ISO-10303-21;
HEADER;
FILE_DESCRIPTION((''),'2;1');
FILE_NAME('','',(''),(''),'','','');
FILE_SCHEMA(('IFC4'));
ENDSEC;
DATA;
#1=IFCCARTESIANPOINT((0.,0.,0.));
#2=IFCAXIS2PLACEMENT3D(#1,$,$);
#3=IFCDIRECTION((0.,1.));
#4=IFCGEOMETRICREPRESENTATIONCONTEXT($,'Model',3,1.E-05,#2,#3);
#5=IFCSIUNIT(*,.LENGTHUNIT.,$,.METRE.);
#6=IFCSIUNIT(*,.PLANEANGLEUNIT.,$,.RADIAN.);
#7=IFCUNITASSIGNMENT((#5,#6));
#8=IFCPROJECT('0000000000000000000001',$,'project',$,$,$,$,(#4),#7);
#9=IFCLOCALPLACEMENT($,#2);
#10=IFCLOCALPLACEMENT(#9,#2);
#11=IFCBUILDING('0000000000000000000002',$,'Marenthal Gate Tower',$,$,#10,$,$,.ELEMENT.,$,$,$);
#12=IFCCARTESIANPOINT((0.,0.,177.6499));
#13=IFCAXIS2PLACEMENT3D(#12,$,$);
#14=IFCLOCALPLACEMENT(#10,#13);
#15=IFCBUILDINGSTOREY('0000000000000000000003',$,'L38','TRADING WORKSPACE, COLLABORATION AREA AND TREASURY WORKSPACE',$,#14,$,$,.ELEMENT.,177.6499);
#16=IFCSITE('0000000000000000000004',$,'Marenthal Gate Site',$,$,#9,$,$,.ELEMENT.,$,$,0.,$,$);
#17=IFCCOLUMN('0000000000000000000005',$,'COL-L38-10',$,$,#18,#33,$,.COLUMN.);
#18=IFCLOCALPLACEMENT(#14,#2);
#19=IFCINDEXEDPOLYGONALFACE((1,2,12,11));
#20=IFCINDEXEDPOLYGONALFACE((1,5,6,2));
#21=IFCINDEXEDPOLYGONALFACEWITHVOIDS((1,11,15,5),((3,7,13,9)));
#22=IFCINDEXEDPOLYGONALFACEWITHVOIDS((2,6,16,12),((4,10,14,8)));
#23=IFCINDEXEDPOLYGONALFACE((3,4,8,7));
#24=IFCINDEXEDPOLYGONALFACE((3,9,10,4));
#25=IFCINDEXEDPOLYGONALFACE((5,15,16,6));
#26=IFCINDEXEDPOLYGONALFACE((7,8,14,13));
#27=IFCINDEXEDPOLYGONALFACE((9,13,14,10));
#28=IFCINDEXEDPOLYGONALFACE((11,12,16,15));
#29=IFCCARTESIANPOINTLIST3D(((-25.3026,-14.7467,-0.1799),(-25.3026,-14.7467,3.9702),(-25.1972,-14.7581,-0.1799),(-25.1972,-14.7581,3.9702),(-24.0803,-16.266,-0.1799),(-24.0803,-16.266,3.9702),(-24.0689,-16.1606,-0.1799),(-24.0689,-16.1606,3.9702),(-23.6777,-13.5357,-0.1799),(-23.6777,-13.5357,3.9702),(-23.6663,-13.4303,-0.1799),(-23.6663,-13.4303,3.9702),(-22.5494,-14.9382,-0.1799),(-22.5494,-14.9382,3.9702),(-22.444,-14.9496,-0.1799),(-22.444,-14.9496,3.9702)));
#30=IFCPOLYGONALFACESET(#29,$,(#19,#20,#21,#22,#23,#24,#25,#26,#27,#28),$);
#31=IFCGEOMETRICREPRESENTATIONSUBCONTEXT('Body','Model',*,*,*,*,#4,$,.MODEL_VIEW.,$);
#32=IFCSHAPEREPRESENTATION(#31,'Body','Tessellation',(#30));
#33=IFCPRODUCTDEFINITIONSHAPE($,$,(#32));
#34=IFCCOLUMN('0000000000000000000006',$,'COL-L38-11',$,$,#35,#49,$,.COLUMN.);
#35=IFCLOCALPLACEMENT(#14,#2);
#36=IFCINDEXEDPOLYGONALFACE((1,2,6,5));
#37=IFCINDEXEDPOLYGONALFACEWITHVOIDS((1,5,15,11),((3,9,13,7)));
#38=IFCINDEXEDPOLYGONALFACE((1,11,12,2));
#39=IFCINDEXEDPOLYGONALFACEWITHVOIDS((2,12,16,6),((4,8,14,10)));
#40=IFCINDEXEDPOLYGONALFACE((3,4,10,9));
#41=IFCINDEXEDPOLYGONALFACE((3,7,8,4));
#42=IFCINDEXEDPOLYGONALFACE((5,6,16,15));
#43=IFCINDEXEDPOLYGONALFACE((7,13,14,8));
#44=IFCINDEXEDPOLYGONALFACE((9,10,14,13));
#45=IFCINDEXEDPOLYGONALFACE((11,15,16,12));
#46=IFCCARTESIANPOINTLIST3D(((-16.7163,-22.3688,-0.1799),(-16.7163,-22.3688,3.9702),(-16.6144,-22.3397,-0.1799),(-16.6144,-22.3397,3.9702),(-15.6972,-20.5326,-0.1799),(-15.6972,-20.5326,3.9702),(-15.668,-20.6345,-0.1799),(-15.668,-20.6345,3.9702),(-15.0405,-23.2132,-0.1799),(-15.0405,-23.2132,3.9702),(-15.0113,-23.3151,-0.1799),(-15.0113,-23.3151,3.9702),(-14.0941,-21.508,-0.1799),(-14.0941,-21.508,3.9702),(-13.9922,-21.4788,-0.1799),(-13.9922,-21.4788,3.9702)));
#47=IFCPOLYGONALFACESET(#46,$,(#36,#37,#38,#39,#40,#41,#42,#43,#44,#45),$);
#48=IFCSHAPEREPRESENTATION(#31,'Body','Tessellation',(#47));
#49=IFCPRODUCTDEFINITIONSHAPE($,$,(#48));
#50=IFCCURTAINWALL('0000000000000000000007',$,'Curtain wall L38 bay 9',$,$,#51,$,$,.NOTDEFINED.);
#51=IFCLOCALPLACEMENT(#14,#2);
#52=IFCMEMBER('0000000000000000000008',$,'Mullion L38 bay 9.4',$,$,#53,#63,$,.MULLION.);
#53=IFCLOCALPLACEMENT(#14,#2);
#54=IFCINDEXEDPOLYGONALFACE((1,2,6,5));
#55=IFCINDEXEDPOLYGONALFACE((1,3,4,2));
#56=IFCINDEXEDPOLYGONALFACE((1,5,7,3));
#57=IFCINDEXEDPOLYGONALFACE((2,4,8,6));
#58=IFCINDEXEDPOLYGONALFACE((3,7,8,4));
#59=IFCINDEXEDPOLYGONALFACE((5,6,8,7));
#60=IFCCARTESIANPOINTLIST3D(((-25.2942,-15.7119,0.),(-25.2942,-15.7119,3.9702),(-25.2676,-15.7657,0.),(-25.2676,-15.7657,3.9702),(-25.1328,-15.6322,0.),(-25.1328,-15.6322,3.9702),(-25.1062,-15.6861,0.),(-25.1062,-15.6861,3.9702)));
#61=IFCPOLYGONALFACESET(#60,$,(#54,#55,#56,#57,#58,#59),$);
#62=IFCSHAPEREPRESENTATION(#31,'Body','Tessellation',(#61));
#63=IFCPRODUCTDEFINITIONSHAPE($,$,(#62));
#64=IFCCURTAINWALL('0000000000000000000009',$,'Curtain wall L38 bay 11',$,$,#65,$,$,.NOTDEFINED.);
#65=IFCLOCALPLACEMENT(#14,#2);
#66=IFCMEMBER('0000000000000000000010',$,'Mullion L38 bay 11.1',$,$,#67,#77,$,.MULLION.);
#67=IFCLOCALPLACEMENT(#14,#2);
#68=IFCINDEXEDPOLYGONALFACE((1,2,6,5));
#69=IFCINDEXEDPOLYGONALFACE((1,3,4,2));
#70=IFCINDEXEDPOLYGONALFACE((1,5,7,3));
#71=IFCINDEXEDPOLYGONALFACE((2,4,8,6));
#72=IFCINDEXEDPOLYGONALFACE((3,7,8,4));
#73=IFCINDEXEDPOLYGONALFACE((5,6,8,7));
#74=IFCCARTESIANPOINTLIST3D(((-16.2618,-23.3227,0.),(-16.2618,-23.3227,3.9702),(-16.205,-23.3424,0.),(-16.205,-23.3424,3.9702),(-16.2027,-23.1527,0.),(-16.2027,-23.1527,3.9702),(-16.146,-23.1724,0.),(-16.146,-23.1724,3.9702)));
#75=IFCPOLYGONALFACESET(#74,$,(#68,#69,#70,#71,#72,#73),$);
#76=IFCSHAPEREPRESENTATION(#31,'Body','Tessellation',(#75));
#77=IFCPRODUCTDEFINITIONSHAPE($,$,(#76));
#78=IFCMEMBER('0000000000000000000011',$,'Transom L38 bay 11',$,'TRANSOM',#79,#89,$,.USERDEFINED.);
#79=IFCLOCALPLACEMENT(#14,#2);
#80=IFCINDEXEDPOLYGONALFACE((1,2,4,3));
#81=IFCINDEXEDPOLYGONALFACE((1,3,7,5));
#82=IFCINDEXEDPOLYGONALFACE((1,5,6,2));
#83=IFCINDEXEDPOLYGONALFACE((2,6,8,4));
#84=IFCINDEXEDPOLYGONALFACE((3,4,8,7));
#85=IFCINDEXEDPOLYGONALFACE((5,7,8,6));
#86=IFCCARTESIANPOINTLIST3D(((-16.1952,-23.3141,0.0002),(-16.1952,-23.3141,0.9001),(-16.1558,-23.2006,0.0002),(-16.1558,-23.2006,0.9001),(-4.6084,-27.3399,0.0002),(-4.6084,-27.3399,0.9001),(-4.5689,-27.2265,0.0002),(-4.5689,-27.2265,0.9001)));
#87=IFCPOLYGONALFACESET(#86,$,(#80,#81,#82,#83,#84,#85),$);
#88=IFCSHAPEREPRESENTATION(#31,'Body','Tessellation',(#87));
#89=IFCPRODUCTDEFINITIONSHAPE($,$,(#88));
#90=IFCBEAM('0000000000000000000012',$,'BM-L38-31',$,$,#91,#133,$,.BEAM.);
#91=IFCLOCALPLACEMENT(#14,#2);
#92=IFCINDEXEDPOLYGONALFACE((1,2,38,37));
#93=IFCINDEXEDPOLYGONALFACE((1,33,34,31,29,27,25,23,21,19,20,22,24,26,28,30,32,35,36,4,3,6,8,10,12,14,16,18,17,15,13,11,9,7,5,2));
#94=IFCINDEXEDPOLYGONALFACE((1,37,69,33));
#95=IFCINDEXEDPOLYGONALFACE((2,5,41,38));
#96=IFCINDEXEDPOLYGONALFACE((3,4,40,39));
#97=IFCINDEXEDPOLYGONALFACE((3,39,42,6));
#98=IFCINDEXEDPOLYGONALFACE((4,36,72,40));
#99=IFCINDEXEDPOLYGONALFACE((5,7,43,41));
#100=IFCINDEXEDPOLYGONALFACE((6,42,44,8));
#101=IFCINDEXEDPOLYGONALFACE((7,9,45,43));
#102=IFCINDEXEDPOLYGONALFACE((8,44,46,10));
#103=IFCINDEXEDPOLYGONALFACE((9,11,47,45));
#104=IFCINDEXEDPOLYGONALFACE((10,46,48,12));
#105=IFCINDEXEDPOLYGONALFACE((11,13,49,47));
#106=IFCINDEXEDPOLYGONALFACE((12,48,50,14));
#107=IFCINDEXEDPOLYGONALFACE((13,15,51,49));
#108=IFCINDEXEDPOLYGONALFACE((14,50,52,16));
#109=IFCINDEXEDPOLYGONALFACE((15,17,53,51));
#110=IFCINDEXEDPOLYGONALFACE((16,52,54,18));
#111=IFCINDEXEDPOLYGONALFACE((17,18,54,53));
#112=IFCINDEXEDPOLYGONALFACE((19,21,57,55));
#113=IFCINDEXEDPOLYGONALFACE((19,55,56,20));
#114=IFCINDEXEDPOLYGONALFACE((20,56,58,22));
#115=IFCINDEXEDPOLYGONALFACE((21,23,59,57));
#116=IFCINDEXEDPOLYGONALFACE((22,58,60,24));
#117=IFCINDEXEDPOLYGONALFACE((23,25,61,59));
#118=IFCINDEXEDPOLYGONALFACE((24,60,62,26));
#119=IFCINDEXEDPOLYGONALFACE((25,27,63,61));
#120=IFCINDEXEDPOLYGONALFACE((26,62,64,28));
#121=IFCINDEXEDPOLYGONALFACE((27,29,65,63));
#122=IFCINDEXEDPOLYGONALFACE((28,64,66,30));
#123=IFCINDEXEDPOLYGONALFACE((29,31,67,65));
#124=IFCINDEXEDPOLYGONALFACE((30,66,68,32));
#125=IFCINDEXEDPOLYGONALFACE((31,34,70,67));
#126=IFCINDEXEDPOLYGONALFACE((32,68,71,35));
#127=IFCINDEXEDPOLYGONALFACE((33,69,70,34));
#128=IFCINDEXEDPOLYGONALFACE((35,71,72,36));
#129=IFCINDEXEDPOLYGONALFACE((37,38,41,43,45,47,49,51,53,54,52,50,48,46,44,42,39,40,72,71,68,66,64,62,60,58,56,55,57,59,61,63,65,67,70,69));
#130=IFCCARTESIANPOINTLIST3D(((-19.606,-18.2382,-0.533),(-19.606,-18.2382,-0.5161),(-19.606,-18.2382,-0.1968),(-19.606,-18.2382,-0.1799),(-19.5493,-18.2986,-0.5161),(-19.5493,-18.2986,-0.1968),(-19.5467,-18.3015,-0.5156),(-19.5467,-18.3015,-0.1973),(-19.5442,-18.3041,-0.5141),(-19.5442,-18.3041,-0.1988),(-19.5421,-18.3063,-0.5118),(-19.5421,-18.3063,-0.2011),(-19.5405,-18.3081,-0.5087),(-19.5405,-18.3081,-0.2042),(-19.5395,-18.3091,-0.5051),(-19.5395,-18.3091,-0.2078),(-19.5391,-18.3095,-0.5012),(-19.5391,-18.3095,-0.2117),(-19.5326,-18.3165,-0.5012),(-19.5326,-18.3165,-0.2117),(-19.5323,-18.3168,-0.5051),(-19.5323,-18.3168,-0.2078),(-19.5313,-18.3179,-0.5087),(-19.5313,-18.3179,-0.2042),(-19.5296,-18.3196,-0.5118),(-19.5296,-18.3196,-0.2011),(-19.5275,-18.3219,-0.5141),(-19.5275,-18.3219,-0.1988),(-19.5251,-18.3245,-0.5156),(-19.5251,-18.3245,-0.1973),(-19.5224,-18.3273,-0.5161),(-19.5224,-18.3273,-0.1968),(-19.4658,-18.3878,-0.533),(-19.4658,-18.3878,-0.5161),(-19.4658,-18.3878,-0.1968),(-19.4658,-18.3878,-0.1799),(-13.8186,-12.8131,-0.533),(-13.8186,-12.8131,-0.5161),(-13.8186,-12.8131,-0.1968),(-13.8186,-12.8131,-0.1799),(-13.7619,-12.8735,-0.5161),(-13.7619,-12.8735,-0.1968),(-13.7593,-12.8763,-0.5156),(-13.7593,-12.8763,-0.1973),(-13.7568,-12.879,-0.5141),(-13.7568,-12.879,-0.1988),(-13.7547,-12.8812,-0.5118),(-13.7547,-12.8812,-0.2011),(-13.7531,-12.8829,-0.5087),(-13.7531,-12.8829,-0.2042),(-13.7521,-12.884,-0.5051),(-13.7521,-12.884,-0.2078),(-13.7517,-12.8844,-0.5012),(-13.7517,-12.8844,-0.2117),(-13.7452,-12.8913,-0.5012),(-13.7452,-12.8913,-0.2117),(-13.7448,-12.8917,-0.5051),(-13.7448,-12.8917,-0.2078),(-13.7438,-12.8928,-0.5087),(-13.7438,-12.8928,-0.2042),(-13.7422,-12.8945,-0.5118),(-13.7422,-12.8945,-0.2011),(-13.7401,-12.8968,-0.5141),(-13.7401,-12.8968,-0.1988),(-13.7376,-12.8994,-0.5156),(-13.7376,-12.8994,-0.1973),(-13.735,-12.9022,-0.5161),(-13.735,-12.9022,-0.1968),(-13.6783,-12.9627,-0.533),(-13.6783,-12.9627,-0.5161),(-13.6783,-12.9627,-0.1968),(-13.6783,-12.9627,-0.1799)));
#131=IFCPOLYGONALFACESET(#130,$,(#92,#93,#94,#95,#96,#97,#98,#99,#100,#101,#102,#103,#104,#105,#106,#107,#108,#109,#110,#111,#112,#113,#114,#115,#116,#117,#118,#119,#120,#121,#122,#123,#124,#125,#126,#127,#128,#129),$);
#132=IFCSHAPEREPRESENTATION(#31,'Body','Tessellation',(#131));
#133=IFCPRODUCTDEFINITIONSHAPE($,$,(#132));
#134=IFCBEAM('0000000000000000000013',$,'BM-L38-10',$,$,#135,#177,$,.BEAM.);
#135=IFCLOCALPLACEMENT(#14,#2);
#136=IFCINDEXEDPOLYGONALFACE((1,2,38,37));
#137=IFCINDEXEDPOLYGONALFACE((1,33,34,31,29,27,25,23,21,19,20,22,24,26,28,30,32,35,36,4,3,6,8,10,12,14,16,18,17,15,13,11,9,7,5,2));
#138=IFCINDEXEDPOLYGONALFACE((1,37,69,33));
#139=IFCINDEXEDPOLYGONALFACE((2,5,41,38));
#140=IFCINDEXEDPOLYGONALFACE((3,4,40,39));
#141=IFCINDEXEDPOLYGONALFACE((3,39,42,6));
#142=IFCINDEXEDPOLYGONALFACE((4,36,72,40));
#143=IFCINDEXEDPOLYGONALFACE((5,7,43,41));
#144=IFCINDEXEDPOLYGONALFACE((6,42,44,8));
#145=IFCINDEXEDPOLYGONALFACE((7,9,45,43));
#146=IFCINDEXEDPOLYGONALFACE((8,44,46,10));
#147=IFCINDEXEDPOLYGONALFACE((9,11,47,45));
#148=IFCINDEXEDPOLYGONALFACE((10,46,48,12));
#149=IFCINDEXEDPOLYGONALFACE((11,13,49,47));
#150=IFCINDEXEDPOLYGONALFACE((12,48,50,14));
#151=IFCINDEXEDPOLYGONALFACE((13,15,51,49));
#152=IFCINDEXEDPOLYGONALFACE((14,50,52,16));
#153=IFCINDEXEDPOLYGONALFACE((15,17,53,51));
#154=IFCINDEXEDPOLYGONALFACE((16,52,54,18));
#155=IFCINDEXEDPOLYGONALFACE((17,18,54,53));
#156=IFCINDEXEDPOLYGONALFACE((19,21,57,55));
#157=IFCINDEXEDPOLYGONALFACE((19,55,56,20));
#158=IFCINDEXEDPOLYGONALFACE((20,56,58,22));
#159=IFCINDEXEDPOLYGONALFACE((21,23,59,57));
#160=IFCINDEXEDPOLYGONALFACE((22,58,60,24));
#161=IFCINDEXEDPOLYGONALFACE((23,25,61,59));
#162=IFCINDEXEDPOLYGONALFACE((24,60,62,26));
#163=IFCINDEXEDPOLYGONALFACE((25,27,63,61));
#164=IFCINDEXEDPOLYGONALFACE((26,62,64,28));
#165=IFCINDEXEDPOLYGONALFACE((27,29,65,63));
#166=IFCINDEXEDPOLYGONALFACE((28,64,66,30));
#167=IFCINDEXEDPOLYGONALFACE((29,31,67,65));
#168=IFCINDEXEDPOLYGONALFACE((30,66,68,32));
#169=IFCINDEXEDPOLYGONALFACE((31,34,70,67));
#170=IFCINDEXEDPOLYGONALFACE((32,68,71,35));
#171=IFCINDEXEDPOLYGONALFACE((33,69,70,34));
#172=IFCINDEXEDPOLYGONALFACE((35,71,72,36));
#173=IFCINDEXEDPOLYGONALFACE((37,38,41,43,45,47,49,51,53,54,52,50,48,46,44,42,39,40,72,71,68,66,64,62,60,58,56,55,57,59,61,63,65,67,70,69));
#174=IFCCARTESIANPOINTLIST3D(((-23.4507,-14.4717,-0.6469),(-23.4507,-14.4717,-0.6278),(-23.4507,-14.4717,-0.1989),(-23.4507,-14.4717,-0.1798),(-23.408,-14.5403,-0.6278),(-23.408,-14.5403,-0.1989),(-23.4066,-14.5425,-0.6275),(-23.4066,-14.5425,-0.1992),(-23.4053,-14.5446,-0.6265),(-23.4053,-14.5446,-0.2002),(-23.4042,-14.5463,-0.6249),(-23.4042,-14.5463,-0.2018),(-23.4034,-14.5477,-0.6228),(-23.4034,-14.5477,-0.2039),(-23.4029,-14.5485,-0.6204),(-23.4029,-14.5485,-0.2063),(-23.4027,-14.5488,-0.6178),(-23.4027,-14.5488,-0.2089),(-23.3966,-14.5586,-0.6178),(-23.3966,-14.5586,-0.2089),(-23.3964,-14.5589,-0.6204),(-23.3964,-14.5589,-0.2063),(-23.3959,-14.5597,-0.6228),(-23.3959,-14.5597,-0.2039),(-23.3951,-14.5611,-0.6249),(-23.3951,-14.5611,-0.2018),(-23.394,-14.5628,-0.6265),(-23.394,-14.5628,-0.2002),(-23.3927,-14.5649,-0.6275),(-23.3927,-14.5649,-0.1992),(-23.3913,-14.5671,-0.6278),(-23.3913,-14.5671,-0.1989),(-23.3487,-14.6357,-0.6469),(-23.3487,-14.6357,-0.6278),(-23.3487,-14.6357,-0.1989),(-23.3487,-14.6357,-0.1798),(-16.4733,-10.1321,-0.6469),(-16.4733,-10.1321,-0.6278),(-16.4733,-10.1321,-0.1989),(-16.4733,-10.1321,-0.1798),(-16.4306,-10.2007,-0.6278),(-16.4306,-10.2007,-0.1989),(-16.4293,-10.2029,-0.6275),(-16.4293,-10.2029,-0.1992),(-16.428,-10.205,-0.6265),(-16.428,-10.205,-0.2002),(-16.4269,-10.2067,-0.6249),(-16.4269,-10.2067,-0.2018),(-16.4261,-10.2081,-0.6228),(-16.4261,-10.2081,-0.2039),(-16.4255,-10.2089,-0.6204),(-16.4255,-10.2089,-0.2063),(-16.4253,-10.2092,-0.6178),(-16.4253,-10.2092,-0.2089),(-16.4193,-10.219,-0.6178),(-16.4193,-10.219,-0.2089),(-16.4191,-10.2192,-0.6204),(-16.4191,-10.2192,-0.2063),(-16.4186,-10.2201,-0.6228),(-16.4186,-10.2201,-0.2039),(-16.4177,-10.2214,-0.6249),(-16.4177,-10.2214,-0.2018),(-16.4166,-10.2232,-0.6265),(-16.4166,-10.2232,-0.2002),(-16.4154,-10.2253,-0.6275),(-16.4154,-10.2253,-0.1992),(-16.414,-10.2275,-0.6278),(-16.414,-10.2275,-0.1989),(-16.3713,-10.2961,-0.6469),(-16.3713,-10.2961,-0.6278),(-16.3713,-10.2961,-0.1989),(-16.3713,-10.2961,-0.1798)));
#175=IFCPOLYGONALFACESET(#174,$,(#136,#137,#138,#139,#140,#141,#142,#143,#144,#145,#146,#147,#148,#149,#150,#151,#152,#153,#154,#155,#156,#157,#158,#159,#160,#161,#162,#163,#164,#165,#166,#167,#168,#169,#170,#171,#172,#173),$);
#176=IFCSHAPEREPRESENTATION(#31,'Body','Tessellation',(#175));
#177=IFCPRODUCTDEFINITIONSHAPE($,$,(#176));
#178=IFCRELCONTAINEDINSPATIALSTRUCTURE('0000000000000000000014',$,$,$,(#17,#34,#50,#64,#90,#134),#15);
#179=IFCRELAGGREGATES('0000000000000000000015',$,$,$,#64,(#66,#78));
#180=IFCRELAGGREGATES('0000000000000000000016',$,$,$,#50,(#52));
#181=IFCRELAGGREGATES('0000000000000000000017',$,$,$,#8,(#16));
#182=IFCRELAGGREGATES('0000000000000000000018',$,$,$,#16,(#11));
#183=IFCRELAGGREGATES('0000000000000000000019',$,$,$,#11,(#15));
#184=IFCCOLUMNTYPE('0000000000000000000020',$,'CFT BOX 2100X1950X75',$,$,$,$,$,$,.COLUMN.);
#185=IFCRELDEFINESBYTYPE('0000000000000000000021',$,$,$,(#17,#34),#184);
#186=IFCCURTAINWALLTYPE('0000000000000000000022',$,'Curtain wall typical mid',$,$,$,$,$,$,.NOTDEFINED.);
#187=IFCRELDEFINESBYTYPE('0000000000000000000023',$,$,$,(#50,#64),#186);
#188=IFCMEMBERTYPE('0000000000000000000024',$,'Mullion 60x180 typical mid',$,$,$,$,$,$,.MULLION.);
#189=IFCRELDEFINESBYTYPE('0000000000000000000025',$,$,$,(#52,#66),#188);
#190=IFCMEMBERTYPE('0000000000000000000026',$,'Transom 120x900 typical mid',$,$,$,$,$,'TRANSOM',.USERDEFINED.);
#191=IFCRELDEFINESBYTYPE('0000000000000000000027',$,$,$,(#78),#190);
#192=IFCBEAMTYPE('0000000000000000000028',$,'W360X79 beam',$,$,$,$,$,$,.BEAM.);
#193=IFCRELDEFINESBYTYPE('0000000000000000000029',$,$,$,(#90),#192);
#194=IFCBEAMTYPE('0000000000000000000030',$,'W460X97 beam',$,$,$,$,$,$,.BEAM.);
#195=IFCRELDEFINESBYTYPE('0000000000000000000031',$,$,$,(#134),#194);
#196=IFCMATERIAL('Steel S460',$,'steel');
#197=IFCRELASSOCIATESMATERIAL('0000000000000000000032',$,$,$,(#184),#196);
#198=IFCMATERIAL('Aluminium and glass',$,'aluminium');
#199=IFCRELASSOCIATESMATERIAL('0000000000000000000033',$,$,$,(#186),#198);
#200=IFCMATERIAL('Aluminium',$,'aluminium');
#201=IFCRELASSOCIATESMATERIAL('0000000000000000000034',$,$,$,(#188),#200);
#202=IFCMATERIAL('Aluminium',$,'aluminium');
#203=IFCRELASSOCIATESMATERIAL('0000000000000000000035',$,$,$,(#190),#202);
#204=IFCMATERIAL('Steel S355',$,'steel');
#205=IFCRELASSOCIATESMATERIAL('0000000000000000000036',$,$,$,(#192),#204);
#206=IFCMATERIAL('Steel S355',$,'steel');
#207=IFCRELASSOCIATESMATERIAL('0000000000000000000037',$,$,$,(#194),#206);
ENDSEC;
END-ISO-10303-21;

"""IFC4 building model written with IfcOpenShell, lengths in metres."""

from ifc_helpers import new_model, si_unit, direction, frame, origin, origin_2d, place, context, subcontext, project, spatial, rectangle, hollow_rectangle, i_section, extrude, material, material_profile, profile_set, type_object, element, aggregate, save


model = new_model("IFC4")

# Units and contexts
model_context = context("Model", 3, precision=1e-05, world=origin(), true_north=direction((0.0, 1.0)))
body_context = subcontext(model_context, "Body", "Model", "MODEL_VIEW")
ifc_project = project(units=[si_unit("LENGTHUNIT", "METRE"), si_unit("PLANEANGLEUNIT", "RADIAN")], contexts=[model_context])

# Site, building, storey
site_placement = place(None, origin())
site = spatial("IfcSite", under=ifc_project, at=site_placement, Name="Marenthal Gate Site", CompositionType="ELEMENT", RefElevation=0.0)
building_placement = place(site_placement, origin())
building = spatial("IfcBuilding", under=site, at=building_placement, Name="Marenthal Gate Tower", CompositionType="ELEMENT")
storey_placement = place(building_placement, frame((0.0, 0.0, 177.6499)))
storey = spatial("IfcBuildingStorey", under=building, at=storey_placement, Name="L38", Description="TRADING WORKSPACE, COLLABORATION AREA AND TREASURY WORKSPACE", CompositionType="ELEMENT", Elevation=177.6499)

# Columns
ifc_material_1 = material(Name="Steel S460", Category="steel")
ifc_material_profile_1 = material_profile(ifc_material_1, hollow_rectangle(XDim=1.95, YDim=2.1001, WallThickness=0.075, at=origin_2d()), Name="CFT BOX 2100X1950X75")
ifc_material_2 = material(Name="Concrete 70 MPa", Category="concrete")
ifc_material_profile_2 = material_profile(ifc_material_2, rectangle(XDim=1.8, YDim=1.95, at=origin_2d()), Name="CFT BOX 2100X1950X75 INFILL")
ifc_profile_set_1 = profile_set([ifc_material_profile_1, ifc_material_profile_2], Name="Steel S460 shell, Concrete 70 MPa infill")
column_type = type_object("IfcColumnType", Name="CFT BOX 2100X1950X75", PredefinedType="COLUMN", material=ifc_profile_set_1)
for number, where, z_axis, x_axis, name in (
    (1, (-23.8733, -14.8481, -0.1799), (0.0, 0.0, 1.0), (-0.626815, 0.779168, 0.0), "COL-L38-10"),
    (2, (-15.3542, -21.9238, -0.1799), (0.0, 0.0, 1.0), (-0.874371, 0.485258, 0.0), "COL-L38-11"),
):
    element("IfcColumn", number, at=place(storey_placement, frame(where, z_axis=z_axis, x_axis=x_axis)), inside=storey, type_object=column_type, Name=name, PredefinedType="COLUMN", context=body_context, shape_type="SweptSolid", body=[
        extrude(hollow_rectangle(XDim=1.95, YDim=2.1001, WallThickness=0.075, at=origin_2d()), origin(), (0.0, 0.0, 1.0), 4.1501),
    ])

# Curtain wall, member
ifc_material_3 = material(Name="Aluminium and glass", Category="aluminium")
curtain_wall_type = type_object("IfcCurtainWallType", Name="Curtain wall typical mid", PredefinedType="NOTDEFINED", material=ifc_material_3)
curtain_wall_1_placement = place(storey_placement, origin())
curtain_wall_1 = element("IfcCurtainWall", 3, at=curtain_wall_1_placement, inside=storey, type_object=curtain_wall_type, Name="Curtain wall L38 bay 9", PredefinedType="NOTDEFINED")
ifc_material_4 = material(Name="Aluminium", Category="aluminium")
ifc_material_profile_3 = material_profile(ifc_material_4, rectangle(XDim=0.1799, YDim=0.0601, at=origin_2d()), Name="60x180 aluminium mullion")
ifc_profile_set_2 = profile_set([ifc_material_profile_3], Name="Aluminium")
member_type_1 = type_object("IfcMemberType", Name="Mullion 60x180 typical mid", PredefinedType="MULLION", material=ifc_profile_set_2)
member_1_placement = place(storey_placement, frame((-25.2002, -15.699, 0.0), z_axis=(0.0, 0.0, 1.0), x_axis=(0.896643, 0.442753, 0.0)))
member_1 = element("IfcMember", 4, at=member_1_placement, type_object=member_type_1, Name="Mullion L38 bay 9.4", PredefinedType="MULLION", context=body_context, shape_type="SweptSolid", body=[
    extrude(rectangle(XDim=0.1799, YDim=0.0601, at=origin_2d()), origin(), (0.0, 0.0, 1.0), 3.9702),
])

# Curtain wall, members
curtain_wall_2_placement = place(storey_placement, origin())
curtain_wall_2 = element("IfcCurtainWall", 5, at=curtain_wall_2_placement, inside=storey, type_object=curtain_wall_type, Name="Curtain wall L38 bay 11", PredefinedType="NOTDEFINED")
member_2_placement = place(storey_placement, frame((-16.2039, -23.2476, 0.0), z_axis=(0.0, 0.0, 1.0), x_axis=(0.328211, 0.944604, 0.0)))
member_2 = element("IfcMember", 6, at=member_2_placement, type_object=member_type_1, Name="Mullion L38 bay 11.1", PredefinedType="MULLION", context=body_context, shape_type="SweptSolid", body=[
    extrude(rectangle(XDim=0.1799, YDim=0.0601, at=origin_2d()), origin(), (0.0, 0.0, 1.0), 3.9702),
])
ifc_material_5 = material(Name="Aluminium", Category="aluminium")
ifc_material_profile_4 = material_profile(ifc_material_5, rectangle(XDim=0.1201, YDim=0.8999, at=origin_2d()), Name="120x900 aluminium transom")
ifc_profile_set_3 = profile_set([ifc_material_profile_4], Name="Aluminium")
member_type_2 = type_object("IfcMemberType", Name="Transom 120x900 typical mid", ElementType="TRANSOM", PredefinedType="USERDEFINED", material=ifc_profile_set_3)
member_3_placement = place(storey_placement, frame((-16.1755, -23.2573, 0.4502), z_axis=(0.944607, -0.328204, 0.0), x_axis=(0.328204, 0.944607, 0.0)))
member_3 = element("IfcMember", 7, at=member_3_placement, type_object=member_type_2, Name="Transom L38 bay 11", ObjectType="TRANSOM", PredefinedType="USERDEFINED", context=body_context, shape_type="SweptSolid", body=[
    extrude(rectangle(XDim=0.1201, YDim=0.8999, at=origin_2d()), origin(), (0.0, 0.0, 1.0), 12.2664),
])
aggregate(curtain_wall_2, [member_2, member_3])

# Beams
ifc_material_6 = material(Name="Steel S355", Category="steel")
ifc_material_profile_5 = material_profile(ifc_material_6, i_section(OverallWidth=0.2051, OverallDepth=0.353, WebThickness=0.0095, FlangeThickness=0.0168, FilletRadius=0.0149, at=origin_2d()), Name="W360X79")
ifc_profile_set_4 = profile_set([ifc_material_profile_5], Name="Steel S355")
beam_type_1 = type_object("IfcBeamType", Name="W360X79 beam", PredefinedType="BEAM", material=ifc_profile_set_4)
beam_1_placement = place(storey_placement, frame((-19.5359, -18.313, -0.3564), z_axis=(0.729575, 0.683901, 0.0), x_axis=(-0.683901, 0.729575, 0.0)))
element("IfcBeam", 8, at=beam_1_placement, inside=storey, type_object=beam_type_1, Name="BM-L38-31", PredefinedType="BEAM", context=body_context, shape_type="SweptSolid", body=[
    extrude(i_section(OverallWidth=0.2051, OverallDepth=0.353, WebThickness=0.0095, FlangeThickness=0.0168, FilletRadius=0.0149, at=origin_2d()), origin(), (0.0, 0.0, 1.0), 7.9326),
])
ifc_material_7 = material(Name="Steel S355", Category="steel")
ifc_material_profile_6 = material_profile(ifc_material_7, i_section(OverallWidth=0.1931, OverallDepth=0.467, WebThickness=0.0115, FlangeThickness=0.019, FilletRadius=0.01, at=origin_2d()), Name="W460X97")
ifc_profile_set_5 = profile_set([ifc_material_profile_6], Name="Steel S355")
beam_type_2 = type_object("IfcBeamType", Name="W460X97 beam", PredefinedType="BEAM", material=ifc_profile_set_5)
beam_2_placement = place(storey_placement, frame((-23.3997, -14.5537, -0.4133), z_axis=(0.849156, 0.528141, 0.0), x_axis=(-0.528141, 0.849156, 0.0)))
element("IfcBeam", 9, at=beam_2_placement, inside=storey, type_object=beam_type_2, Name="BM-L38-10", PredefinedType="BEAM", context=body_context, shape_type="SweptSolid", body=[
    extrude(i_section(OverallWidth=0.1931, OverallDepth=0.467, WebThickness=0.0115, FlangeThickness=0.019, FilletRadius=0.01, at=origin_2d()), origin(), (0.0, 0.0, 1.0), 8.2168),
])

aggregate(curtain_wall_1, [member_1])

save(model, "model.ifc")
